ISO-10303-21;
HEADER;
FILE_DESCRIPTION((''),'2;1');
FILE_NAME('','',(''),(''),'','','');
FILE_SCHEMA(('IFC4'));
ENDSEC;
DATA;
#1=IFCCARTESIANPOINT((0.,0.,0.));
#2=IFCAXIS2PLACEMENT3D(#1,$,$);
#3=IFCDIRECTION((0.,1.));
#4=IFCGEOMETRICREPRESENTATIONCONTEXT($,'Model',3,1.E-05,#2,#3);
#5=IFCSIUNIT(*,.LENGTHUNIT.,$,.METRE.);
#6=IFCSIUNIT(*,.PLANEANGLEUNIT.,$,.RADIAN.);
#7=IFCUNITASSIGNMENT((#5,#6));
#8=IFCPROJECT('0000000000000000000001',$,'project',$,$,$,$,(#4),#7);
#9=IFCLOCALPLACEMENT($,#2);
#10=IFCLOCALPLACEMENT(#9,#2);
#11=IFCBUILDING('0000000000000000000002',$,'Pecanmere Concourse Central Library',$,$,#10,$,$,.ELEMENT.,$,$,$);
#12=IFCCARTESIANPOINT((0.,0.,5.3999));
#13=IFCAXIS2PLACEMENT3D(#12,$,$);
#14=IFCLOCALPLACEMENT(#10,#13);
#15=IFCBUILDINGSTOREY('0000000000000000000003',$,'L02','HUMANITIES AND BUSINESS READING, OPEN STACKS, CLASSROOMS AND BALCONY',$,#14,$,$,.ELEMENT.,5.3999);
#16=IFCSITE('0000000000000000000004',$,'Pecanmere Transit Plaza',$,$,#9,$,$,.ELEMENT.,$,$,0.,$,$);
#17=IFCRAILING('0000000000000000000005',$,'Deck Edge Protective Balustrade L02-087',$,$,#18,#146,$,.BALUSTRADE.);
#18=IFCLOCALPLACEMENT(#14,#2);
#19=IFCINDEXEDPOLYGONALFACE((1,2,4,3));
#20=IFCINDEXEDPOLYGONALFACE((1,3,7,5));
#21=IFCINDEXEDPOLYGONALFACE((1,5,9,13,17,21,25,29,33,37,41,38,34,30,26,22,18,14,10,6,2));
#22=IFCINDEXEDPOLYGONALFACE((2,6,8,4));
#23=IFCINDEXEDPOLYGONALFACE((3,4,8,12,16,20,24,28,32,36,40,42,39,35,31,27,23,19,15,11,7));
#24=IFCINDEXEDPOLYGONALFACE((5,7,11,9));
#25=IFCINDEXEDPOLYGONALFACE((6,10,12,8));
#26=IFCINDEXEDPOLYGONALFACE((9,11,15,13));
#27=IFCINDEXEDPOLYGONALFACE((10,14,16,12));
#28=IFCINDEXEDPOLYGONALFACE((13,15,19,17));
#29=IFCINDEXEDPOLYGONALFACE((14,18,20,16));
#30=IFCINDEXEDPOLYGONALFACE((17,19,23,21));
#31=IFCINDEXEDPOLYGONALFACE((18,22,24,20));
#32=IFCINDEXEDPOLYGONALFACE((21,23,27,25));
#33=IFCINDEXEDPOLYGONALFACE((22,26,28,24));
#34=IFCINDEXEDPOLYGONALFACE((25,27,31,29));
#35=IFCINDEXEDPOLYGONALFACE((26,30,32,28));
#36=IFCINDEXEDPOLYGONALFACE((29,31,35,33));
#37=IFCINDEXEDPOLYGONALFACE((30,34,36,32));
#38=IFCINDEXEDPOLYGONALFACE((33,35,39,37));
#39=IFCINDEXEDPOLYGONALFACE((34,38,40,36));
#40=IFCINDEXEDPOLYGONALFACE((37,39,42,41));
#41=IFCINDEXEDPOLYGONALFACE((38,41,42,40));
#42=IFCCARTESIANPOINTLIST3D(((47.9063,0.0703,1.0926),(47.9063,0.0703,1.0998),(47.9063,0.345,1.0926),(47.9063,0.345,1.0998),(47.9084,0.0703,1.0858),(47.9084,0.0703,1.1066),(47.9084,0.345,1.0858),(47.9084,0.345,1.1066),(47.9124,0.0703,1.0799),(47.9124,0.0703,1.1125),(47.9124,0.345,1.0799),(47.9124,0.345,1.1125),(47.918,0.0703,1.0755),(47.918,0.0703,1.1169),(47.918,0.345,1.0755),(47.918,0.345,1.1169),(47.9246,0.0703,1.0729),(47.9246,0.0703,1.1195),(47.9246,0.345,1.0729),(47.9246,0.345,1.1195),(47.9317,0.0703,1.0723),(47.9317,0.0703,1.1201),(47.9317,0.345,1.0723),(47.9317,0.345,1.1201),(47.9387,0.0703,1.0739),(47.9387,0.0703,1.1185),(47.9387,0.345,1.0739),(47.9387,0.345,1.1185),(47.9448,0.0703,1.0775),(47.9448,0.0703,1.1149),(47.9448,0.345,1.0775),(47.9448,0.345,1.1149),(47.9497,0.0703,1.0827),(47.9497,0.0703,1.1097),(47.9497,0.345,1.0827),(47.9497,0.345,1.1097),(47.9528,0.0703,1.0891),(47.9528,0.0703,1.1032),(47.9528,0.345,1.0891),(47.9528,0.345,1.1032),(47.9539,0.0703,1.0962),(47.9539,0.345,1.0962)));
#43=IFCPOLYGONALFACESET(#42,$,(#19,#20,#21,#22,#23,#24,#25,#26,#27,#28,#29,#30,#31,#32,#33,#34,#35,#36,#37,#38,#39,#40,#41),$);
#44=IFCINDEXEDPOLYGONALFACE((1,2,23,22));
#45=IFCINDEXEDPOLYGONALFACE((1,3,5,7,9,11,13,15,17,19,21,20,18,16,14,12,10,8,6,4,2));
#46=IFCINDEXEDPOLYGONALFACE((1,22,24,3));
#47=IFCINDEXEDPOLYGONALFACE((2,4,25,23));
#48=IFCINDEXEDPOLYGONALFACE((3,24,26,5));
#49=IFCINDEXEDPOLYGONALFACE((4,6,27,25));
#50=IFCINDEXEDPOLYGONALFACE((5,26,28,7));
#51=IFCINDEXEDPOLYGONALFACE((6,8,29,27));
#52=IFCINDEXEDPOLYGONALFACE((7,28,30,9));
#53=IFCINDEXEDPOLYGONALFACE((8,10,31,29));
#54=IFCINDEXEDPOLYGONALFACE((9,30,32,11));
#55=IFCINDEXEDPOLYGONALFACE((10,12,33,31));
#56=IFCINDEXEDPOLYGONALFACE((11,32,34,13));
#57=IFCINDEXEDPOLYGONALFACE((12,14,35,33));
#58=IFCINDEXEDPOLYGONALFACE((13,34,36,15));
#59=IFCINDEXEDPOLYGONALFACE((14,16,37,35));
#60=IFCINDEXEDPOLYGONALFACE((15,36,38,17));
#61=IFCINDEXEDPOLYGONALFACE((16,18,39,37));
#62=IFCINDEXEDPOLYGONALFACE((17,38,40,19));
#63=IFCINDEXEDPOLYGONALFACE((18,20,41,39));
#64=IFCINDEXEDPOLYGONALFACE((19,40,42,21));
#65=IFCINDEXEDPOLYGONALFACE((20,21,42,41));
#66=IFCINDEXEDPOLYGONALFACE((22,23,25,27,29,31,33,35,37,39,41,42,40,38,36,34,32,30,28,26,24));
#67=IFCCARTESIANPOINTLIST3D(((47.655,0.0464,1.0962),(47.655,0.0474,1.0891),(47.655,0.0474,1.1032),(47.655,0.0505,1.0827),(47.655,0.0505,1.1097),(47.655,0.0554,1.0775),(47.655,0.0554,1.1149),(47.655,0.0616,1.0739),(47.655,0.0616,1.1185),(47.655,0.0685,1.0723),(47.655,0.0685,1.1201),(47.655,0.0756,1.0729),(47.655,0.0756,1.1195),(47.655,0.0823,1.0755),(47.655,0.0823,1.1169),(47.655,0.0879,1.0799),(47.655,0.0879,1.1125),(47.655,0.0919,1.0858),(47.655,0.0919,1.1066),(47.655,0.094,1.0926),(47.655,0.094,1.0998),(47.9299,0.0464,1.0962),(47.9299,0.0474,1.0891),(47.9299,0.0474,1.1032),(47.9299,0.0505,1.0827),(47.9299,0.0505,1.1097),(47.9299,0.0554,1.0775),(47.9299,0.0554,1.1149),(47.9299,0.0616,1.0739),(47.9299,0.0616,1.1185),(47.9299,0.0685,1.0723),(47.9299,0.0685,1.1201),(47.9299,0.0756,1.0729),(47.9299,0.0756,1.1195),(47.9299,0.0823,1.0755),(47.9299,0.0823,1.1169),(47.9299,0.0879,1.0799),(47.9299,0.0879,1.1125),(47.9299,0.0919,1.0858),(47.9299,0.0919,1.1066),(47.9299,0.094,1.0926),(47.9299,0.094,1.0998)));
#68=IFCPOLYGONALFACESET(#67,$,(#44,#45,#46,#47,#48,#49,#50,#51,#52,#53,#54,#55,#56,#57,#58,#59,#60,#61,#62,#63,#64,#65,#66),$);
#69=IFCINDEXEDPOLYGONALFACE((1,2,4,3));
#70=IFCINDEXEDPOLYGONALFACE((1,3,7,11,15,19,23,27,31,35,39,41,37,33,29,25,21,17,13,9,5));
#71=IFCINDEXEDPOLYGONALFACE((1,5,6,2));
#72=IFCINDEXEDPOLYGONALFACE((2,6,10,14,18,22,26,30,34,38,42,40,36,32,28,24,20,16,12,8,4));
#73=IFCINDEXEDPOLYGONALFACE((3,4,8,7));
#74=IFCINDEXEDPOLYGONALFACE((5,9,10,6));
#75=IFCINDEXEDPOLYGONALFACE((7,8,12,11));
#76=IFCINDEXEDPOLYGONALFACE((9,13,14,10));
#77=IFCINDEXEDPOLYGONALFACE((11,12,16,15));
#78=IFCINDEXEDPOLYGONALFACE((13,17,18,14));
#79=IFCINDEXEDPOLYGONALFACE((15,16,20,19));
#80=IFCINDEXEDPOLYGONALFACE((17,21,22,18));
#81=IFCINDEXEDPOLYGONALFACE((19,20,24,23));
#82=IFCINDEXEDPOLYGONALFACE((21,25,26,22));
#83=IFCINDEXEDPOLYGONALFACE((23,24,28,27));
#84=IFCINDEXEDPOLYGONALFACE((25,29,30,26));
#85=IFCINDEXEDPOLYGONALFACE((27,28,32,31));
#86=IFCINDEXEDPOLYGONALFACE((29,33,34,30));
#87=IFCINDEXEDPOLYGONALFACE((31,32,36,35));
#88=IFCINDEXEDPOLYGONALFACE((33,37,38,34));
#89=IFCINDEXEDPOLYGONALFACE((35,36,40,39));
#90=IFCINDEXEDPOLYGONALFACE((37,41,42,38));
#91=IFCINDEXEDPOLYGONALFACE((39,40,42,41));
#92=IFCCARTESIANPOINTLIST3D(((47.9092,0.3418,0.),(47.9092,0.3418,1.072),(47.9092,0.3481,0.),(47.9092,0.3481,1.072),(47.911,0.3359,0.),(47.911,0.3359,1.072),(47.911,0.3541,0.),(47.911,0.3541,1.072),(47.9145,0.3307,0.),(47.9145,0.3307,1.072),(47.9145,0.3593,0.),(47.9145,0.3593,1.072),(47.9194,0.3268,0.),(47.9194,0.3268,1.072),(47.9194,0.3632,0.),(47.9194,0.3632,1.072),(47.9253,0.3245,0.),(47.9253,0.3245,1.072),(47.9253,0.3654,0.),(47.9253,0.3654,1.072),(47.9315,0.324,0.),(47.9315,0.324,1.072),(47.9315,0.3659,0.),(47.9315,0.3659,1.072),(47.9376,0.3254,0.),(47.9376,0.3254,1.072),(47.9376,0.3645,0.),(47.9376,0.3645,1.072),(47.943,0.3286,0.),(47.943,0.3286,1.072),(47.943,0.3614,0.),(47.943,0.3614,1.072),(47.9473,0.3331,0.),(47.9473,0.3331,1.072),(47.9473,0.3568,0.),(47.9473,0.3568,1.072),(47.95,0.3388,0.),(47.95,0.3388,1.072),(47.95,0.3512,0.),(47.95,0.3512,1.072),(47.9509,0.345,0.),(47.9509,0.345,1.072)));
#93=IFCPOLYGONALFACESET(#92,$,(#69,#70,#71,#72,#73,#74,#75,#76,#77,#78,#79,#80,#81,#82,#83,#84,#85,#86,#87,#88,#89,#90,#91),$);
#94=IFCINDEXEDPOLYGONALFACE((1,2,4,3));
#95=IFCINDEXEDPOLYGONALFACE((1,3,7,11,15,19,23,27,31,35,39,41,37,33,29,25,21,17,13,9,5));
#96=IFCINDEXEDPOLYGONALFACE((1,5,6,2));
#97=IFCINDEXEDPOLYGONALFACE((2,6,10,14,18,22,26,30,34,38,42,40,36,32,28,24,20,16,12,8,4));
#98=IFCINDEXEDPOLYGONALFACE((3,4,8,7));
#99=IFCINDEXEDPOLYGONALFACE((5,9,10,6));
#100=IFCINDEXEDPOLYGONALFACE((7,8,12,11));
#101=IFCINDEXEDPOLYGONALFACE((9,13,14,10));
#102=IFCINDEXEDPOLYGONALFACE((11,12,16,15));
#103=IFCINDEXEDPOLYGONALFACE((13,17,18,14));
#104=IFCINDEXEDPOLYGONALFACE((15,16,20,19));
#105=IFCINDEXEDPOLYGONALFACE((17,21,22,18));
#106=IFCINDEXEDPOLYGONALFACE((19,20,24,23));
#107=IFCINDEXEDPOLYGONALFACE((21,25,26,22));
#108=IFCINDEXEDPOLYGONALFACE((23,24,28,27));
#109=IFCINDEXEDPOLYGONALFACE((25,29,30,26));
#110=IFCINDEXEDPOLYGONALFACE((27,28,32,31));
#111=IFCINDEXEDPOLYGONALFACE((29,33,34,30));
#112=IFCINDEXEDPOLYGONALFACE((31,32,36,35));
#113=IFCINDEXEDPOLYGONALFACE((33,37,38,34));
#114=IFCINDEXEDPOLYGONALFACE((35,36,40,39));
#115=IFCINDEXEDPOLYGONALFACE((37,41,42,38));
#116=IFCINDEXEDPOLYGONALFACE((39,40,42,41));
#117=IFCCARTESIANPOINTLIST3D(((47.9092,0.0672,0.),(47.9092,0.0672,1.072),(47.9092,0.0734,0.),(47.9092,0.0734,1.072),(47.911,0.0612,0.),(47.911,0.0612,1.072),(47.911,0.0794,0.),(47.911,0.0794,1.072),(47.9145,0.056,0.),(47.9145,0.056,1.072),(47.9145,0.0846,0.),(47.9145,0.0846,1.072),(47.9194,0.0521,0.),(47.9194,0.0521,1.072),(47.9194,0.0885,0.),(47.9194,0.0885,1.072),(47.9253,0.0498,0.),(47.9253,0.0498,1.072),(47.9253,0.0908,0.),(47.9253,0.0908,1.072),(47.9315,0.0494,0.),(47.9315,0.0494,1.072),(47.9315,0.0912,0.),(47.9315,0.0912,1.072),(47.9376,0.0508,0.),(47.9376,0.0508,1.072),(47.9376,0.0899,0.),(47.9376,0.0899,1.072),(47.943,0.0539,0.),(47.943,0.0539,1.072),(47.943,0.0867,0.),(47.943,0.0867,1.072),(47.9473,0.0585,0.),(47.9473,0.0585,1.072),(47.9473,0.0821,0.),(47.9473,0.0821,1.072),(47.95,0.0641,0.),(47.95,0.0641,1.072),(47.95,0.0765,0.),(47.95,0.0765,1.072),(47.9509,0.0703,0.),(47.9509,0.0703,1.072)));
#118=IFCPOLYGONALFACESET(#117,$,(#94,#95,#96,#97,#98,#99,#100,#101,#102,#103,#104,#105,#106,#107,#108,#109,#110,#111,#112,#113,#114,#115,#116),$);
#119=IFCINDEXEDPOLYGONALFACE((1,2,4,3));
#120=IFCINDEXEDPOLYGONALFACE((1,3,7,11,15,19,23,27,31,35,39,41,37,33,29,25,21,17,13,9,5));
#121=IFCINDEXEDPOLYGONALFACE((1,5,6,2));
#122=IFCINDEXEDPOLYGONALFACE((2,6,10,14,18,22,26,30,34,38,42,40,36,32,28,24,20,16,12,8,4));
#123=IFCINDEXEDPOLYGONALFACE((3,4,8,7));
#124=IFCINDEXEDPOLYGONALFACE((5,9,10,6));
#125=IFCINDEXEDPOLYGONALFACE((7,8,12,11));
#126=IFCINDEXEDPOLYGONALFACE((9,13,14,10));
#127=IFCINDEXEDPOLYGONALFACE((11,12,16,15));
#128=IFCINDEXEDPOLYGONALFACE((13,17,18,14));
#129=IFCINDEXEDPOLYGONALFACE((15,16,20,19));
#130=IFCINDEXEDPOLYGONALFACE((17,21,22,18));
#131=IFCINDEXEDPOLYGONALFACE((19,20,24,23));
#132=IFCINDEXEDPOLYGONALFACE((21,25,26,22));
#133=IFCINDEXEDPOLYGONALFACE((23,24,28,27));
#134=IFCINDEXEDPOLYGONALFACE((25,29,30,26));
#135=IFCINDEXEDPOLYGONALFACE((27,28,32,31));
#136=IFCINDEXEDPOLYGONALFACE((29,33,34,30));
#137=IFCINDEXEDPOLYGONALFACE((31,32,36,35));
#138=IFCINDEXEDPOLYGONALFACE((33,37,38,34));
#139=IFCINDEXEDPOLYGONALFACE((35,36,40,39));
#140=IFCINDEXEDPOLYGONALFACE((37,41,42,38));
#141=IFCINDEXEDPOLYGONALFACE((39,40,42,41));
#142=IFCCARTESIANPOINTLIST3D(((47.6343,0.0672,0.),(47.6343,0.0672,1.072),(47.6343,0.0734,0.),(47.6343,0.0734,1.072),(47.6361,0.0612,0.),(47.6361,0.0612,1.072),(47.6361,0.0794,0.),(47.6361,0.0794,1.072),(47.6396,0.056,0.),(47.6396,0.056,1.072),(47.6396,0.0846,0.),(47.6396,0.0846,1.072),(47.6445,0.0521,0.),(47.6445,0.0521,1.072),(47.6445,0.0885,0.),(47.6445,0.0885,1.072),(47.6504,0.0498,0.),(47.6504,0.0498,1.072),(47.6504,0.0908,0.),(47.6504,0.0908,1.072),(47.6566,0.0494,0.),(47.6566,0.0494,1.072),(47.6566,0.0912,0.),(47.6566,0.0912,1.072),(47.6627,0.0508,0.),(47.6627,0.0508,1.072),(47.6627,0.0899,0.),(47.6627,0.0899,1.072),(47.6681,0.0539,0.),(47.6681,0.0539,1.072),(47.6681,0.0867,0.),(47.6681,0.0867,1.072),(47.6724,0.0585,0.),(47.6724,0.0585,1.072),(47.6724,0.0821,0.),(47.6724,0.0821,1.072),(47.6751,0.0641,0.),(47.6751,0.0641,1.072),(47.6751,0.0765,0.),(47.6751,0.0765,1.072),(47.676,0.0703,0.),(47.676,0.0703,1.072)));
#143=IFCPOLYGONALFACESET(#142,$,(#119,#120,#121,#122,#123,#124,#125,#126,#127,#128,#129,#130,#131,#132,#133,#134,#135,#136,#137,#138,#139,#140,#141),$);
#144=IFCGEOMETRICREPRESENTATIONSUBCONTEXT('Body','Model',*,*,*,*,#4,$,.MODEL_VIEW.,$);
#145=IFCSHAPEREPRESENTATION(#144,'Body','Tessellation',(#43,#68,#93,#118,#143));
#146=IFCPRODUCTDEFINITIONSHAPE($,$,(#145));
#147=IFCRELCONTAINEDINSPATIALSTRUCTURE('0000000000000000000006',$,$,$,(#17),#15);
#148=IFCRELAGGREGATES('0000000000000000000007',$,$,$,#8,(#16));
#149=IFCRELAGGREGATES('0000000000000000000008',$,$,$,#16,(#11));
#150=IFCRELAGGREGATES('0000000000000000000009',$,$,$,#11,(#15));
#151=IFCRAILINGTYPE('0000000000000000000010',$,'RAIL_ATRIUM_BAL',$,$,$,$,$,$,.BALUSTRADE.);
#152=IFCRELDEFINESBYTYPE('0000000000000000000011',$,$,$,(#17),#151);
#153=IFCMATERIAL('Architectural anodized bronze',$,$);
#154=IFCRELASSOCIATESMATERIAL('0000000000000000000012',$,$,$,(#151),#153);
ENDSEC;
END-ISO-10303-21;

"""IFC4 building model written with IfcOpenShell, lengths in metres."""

from ifc_helpers import new_model, si_unit, direction, frame, origin, origin_2d, place, context, subcontext, project, spatial, circle, extrude, material, type_object, element, save


model = new_model("IFC4")

# Units and contexts
model_context = context("Model", 3, precision=1e-05, world=origin(), true_north=direction((0.0, 1.0)))
body_context = subcontext(model_context, "Body", "Model", "MODEL_VIEW")
ifc_project = project(units=[si_unit("LENGTHUNIT", "METRE"), si_unit("PLANEANGLEUNIT", "RADIAN")], contexts=[model_context])

# Site, building, storey
site_placement = place(None, origin())
site = spatial("IfcSite", under=ifc_project, at=site_placement, Name="Pecanmere Transit Plaza", CompositionType="ELEMENT", RefElevation=0.0)
building_placement = place(site_placement, origin())
building = spatial("IfcBuilding", under=site, at=building_placement, Name="Pecanmere Concourse Central Library", CompositionType="ELEMENT")
storey_placement = place(building_placement, frame((0.0, 0.0, 5.3999)))
storey = spatial("IfcBuildingStorey", under=building, at=storey_placement, Name="L02", Description="HUMANITIES AND BUSINESS READING, OPEN STACKS, CLASSROOMS AND BALCONY", CompositionType="ELEMENT", Elevation=5.3999)

# Railing
ifc_material_1 = material(Name="Architectural anodized bronze")
railing_type_1 = type_object("IfcRailingType", Name="RAIL_ATRIUM_BAL", PredefinedType="BALUSTRADE", material=ifc_material_1)
railing_1_placement = place(storey_placement, frame((47.9299, 0.345, 0.0)))
element("IfcRailing", 1, at=railing_1_placement, inside=storey, type_object=railing_type_1, Name="Deck Edge Protective Balustrade L02-087", PredefinedType="BALUSTRADE", context=body_context, shape_type="SweptSolid", body=[
    extrude(circle(Radius=0.0239, at=origin_2d()), frame((0.0, 0.0, 1.0962), z_axis=(0.0, -1.0, 0.0), x_axis=(1.0, 0.0, 0.0)), (0.0, 0.0, 1.0), 0.2747),
    extrude(circle(Radius=0.0239, at=origin_2d()), frame((0.0, -0.2747, 1.0962), z_axis=(-1.0, 0.0, 0.0), x_axis=(0.0, -1.0, 0.0)), (0.0, 0.0, 1.0), 0.2749),
    extrude(circle(Radius=0.021, at=origin_2d()), origin(), (0.0, 0.0, 1.0), 1.072),
    extrude(circle(Radius=0.021, at=origin_2d()), frame((0.0, -0.2747, 0.0)), (0.0, 0.0, 1.0), 1.072),
    extrude(circle(Radius=0.021, at=origin_2d()), frame((-0.2749, -0.2747, 0.0)), (0.0, 0.0, 1.0), 1.072),
])

save(model, "model.ifc")
